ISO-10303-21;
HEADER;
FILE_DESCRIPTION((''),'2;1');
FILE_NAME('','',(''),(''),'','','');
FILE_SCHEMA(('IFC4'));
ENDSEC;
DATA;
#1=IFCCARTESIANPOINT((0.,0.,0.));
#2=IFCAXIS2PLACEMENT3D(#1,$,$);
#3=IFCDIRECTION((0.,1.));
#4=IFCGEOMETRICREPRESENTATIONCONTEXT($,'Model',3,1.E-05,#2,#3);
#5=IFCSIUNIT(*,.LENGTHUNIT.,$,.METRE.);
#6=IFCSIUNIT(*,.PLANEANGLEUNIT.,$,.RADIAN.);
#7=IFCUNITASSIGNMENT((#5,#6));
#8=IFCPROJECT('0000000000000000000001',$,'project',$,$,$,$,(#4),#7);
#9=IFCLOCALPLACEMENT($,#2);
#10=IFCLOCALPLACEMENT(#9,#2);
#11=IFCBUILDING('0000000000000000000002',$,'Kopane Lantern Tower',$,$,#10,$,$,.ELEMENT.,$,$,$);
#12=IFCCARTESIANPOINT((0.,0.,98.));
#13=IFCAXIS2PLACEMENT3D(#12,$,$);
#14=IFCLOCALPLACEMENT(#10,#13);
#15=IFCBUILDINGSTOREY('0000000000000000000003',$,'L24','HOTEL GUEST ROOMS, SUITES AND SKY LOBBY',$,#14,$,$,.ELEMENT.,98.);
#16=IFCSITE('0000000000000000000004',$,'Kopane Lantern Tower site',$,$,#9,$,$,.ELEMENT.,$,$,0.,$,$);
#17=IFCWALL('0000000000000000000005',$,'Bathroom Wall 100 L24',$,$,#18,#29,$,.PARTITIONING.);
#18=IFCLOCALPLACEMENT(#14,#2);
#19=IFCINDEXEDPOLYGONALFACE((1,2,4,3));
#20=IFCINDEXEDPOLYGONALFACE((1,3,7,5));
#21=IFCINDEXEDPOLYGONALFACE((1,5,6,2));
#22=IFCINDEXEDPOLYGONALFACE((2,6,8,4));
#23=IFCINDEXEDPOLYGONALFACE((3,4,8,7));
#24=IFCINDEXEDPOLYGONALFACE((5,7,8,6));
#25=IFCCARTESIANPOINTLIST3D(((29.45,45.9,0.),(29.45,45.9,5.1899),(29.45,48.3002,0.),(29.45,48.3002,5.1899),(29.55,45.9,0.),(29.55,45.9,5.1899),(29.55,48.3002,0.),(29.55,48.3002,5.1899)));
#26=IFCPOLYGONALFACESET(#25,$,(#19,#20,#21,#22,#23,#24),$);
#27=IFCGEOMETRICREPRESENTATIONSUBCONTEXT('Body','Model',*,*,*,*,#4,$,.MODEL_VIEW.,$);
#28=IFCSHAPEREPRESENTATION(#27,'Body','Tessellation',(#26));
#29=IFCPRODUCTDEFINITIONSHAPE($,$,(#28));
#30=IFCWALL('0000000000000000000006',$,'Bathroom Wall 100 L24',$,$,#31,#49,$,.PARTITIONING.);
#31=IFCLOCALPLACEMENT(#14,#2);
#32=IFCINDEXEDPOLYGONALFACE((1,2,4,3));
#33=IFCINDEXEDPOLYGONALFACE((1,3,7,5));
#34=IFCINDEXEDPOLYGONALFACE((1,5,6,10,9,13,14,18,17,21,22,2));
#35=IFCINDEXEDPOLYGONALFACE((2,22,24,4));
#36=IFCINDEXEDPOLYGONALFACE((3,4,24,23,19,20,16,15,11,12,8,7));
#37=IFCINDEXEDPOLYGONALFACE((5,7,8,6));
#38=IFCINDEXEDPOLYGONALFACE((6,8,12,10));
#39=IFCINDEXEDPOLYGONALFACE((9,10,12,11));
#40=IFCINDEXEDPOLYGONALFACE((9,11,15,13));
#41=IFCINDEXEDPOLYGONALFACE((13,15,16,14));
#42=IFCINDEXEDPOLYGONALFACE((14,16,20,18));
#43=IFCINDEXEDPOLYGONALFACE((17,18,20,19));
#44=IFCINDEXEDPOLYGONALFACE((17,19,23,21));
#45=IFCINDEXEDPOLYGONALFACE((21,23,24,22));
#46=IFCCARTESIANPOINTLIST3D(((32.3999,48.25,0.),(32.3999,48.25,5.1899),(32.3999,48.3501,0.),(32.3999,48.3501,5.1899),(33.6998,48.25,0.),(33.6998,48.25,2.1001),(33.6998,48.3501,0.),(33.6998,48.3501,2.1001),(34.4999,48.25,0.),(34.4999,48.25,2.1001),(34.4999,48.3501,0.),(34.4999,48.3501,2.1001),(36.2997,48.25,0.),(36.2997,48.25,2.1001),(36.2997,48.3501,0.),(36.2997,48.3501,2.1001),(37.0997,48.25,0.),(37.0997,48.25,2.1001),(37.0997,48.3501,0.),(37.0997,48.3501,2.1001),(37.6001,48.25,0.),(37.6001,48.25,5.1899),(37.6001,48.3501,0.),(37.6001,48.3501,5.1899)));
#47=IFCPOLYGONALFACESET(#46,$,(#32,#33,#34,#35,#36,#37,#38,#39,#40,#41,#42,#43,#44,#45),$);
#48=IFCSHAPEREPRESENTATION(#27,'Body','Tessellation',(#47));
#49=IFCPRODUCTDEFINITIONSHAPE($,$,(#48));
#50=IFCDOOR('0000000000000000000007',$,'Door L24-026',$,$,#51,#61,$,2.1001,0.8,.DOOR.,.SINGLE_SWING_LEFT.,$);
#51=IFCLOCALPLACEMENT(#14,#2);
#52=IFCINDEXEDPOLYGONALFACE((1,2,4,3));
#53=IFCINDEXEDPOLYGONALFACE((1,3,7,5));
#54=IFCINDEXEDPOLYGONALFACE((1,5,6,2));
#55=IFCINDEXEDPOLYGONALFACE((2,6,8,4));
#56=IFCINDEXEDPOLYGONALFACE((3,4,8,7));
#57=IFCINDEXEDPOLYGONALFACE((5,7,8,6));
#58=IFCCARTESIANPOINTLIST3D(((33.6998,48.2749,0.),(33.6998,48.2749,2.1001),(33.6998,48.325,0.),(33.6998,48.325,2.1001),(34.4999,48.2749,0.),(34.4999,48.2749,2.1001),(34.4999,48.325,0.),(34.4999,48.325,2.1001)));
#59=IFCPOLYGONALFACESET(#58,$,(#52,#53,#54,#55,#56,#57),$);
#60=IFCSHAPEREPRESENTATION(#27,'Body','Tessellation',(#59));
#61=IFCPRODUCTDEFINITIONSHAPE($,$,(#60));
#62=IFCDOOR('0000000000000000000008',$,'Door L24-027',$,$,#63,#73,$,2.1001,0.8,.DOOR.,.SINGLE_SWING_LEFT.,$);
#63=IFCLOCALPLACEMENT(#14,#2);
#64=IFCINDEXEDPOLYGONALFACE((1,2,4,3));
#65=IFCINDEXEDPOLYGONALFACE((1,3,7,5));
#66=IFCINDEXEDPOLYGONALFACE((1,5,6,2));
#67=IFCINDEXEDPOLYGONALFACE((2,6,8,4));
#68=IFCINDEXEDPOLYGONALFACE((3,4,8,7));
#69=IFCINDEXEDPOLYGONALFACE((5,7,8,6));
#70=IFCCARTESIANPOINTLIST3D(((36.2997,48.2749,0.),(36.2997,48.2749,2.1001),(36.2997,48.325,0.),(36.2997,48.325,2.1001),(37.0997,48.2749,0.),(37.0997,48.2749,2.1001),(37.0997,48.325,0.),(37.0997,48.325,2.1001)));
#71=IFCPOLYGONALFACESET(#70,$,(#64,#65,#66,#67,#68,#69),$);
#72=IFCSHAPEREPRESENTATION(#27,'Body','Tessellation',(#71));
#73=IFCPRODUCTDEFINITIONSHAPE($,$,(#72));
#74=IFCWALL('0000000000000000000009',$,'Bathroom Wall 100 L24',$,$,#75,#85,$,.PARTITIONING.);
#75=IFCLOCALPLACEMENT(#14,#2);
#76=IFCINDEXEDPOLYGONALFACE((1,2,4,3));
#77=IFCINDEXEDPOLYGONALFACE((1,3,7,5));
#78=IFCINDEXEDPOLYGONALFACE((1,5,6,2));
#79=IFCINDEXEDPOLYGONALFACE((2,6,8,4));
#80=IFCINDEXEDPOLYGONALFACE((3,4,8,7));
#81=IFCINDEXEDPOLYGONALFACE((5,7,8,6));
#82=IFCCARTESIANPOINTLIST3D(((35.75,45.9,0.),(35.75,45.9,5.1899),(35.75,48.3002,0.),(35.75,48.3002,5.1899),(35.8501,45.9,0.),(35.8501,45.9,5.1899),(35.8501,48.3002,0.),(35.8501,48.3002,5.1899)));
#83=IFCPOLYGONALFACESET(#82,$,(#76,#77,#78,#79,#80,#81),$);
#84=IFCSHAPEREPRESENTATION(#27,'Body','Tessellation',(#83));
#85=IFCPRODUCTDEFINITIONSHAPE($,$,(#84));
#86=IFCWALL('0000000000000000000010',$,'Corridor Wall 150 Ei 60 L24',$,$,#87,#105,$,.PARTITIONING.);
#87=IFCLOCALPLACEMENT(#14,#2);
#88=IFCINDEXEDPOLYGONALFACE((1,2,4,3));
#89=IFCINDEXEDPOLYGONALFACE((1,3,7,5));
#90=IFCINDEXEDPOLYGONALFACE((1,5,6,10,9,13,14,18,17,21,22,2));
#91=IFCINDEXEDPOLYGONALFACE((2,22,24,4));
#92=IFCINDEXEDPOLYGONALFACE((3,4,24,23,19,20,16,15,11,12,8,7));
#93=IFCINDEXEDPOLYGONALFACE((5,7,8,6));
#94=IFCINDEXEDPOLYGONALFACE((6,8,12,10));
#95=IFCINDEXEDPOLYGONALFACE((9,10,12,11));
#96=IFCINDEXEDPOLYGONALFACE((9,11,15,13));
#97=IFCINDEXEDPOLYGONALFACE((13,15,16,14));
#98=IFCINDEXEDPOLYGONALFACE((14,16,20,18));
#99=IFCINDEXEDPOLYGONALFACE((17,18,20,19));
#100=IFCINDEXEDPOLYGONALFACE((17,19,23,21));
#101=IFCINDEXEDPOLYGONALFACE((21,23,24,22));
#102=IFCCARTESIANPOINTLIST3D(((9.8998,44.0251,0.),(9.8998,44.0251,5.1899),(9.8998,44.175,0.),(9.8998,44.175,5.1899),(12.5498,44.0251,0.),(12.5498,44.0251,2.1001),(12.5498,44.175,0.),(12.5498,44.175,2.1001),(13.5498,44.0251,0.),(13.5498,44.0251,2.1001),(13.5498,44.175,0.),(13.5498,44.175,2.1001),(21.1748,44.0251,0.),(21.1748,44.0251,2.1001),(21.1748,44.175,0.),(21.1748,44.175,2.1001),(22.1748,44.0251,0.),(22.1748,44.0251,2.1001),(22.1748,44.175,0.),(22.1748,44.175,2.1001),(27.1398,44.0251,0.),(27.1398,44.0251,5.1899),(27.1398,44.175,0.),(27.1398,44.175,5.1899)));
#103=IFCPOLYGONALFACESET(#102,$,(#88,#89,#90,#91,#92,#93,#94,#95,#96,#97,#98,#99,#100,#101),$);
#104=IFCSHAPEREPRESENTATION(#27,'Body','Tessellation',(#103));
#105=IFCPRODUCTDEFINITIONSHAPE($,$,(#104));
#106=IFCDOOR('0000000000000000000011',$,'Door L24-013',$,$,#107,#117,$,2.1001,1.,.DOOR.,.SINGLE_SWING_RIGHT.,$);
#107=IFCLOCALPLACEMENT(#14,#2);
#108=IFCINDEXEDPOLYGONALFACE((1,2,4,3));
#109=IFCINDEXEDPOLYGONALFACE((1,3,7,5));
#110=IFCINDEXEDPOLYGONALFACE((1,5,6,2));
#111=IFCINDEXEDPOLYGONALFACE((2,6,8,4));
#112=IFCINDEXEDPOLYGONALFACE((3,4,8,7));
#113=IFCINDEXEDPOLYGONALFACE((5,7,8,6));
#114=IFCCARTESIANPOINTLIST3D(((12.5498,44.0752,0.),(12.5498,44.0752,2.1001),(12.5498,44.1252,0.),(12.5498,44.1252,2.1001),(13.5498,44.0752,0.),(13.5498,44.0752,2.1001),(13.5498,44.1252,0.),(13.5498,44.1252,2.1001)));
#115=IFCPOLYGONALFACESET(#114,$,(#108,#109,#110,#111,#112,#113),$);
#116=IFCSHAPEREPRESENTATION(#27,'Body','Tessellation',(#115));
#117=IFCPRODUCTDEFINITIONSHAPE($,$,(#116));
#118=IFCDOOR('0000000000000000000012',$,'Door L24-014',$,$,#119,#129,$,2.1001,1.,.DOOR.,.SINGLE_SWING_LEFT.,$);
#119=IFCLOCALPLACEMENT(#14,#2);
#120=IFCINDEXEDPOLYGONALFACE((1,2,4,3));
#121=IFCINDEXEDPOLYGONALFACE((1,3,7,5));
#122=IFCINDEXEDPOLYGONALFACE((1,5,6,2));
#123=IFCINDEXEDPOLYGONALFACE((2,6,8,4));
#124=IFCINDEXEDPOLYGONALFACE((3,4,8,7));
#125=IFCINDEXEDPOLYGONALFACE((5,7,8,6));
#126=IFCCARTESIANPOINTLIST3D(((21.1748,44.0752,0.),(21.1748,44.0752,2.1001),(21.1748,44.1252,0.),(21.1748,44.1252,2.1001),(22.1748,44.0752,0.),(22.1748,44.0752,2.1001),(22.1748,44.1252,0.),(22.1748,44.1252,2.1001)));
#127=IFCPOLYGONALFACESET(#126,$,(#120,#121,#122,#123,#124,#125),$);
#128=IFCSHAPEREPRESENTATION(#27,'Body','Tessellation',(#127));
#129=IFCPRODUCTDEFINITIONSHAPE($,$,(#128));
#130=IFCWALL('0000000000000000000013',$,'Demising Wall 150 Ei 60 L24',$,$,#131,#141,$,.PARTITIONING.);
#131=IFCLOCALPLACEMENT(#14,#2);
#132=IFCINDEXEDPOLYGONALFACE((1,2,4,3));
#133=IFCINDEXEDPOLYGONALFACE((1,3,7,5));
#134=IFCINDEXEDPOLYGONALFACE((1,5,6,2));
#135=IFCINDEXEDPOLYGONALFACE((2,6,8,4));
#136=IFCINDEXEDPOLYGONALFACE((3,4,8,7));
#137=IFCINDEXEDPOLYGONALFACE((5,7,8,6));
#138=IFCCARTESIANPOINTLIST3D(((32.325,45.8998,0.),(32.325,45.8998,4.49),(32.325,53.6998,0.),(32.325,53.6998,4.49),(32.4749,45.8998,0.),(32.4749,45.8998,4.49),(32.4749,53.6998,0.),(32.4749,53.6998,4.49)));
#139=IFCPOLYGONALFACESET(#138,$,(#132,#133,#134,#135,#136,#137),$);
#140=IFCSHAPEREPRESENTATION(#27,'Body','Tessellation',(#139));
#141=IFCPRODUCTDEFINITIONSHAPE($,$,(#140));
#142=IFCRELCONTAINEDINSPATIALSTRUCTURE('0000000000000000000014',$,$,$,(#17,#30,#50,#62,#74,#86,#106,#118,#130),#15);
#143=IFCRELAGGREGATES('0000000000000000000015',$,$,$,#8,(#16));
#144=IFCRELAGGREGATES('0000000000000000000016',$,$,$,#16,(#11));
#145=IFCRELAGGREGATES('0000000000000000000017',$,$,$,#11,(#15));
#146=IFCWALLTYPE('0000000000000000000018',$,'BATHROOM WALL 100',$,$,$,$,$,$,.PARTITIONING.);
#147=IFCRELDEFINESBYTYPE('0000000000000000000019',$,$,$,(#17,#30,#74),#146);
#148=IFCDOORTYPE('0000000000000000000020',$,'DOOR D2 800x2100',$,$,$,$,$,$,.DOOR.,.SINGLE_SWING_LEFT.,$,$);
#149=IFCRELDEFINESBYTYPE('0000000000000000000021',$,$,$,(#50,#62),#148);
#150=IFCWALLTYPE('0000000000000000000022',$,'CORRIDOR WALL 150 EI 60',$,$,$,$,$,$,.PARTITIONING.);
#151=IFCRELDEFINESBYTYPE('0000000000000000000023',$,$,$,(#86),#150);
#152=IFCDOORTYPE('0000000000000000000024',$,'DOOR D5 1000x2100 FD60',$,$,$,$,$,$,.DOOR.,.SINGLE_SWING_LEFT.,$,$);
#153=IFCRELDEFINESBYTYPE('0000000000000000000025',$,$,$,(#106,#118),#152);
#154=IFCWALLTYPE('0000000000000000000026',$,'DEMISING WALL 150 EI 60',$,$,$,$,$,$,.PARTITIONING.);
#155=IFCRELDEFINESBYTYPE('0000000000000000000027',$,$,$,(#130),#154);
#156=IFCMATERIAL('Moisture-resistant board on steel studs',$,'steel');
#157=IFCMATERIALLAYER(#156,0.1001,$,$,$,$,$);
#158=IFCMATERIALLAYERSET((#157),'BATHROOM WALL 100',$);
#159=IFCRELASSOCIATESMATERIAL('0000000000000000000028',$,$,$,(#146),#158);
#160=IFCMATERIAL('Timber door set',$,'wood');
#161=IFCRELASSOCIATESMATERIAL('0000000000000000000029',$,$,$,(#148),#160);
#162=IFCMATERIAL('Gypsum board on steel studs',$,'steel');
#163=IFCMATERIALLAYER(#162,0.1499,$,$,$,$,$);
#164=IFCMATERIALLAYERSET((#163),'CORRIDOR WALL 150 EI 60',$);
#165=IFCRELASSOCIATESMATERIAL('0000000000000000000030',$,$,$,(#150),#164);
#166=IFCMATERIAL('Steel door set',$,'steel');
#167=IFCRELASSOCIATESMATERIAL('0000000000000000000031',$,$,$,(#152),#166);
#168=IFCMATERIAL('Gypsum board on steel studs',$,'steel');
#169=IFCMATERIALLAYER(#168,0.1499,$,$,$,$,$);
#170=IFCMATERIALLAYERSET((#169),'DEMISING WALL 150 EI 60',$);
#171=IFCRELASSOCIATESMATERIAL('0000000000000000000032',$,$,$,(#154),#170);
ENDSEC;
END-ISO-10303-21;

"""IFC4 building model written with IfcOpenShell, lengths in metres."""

from ifc_helpers import new_model, si_unit, direction, frame, frame_2d, origin, place, context, subcontext, project, spatial, rectangle, extrude, material, layer, layer_set, type_object, element, fill, save


model = new_model("IFC4")

# Units and contexts
model_context = context("Model", 3, precision=1e-05, world=origin(), true_north=direction((0.0, 1.0)))
body_context = subcontext(model_context, "Body", "Model", "MODEL_VIEW")
ifc_project = project(units=[si_unit("LENGTHUNIT", "METRE"), si_unit("PLANEANGLEUNIT", "RADIAN")], contexts=[model_context])

# Site, building, storey
site_placement = place(None, origin())
site = spatial("IfcSite", under=ifc_project, at=site_placement, Name="Kopane Lantern Tower site", CompositionType="ELEMENT", RefElevation=0.0)
building_placement = place(site_placement, origin())
building = spatial("IfcBuilding", under=site, at=building_placement, Name="Kopane Lantern Tower", CompositionType="ELEMENT")
storey_placement = place(building_placement, frame((0.0, 0.0, 98.0)))
storey = spatial("IfcBuildingStorey", under=building, at=storey_placement, Name="L24", Description="HOTEL GUEST ROOMS, SUITES AND SKY LOBBY", CompositionType="ELEMENT", Elevation=98.0)

# Wall
ifc_material_1 = material(Name="Moisture-resistant board on steel studs", Category="steel")
ifc_layer_1 = layer(ifc_material_1, 0.1001)
ifc_layer_set_1 = layer_set([ifc_layer_1], Name="BATHROOM WALL 100")
wall_type_1 = type_object("IfcWallType", Name="BATHROOM WALL 100", PredefinedType="PARTITIONING", material=ifc_layer_set_1)
for number, where, z_axis, x_axis, name in (
    (1, (29.5, 45.8999, 0.0), (0.0, 0.0, 1.0), (0.0, 1.0, 0.0), "Bathroom Wall 100 L24"),
):
    element("IfcWall", number, at=place(storey_placement, frame(where, z_axis=z_axis, x_axis=x_axis)), inside=storey, type_object=wall_type_1, Name=name, PredefinedType="PARTITIONING", context=body_context, shape_type="SweptSolid", body=[
        extrude(rectangle(XDim=2.4001, YDim=0.1001, at=frame_2d((1.2002, 0.0))), origin(), (0.0, 0.0, 1.0), 5.1899),
    ])

# Wall, openings, doors
wall_1_placement = place(storey_placement, frame((32.3999, 48.3, 0.0), z_axis=(0.0, 0.0, 1.0), x_axis=(1.0, 0.0, 0.0)))
wall_1 = element("IfcWall", 2, at=wall_1_placement, inside=storey, type_object=wall_type_1, Name="Bathroom Wall 100 L24", PredefinedType="PARTITIONING", context=body_context, shape_type="SweptSolid", body=[
    extrude(rectangle(XDim=5.2002, YDim=0.1001, at=frame_2d((2.6001, 0.0))), origin(), (0.0, 0.0, 1.0), 5.1899),
])
opening_1_placement = place(wall_1_placement, frame((1.3, 0.0, 0.0)))
opening_1 = element("IfcOpeningElement", 3, at=opening_1_placement, cuts=wall_1, PredefinedType="OPENING", context=body_context, shape_type="SweptSolid", body=[
    extrude(rectangle(XDim=0.8, YDim=2.1001, at=frame_2d((0.3999, 1.05))), frame((0.0, 0.0601, 0.0), z_axis=(0.0, -1.0, 0.0), x_axis=(1.0, 0.0, 0.0)), (0.0, 0.0, 1.0), 0.1201),
])
opening_2_placement = place(wall_1_placement, frame((3.8999, 0.0, 0.0)))
opening_2 = element("IfcOpeningElement", 4, at=opening_2_placement, cuts=wall_1, PredefinedType="OPENING", context=body_context, shape_type="SweptSolid", body=[
    extrude(rectangle(XDim=0.8, YDim=2.1001, at=frame_2d((0.3999, 1.05))), frame((0.0, 0.0601, 0.0), z_axis=(0.0, -1.0, 0.0), x_axis=(1.0, 0.0, 0.0)), (0.0, 0.0, 1.0), 0.1201),
])
ifc_material_2 = material(Name="Timber door set", Category="wood")
door_type_1 = type_object("IfcDoorType", Name="DOOR D2 800x2100", OperationType="SINGLE_SWING_LEFT", PredefinedType="DOOR", material=ifc_material_2)
door_1_placement = place(opening_1_placement, origin())
door_1 = element("IfcDoor", 5, at=door_1_placement, inside=storey, type_object=door_type_1, Name="Door L24-026", OperationType="SINGLE_SWING_LEFT", OverallHeight=2.1001, OverallWidth=0.8, PredefinedType="DOOR", context=body_context, shape_type="SweptSolid", body=[
    extrude(rectangle(XDim=0.8, YDim=2.1001, at=frame_2d((0.3999, 1.05))), frame((0.0, 0.0249, 0.0), z_axis=(0.0, -1.0, 0.0), x_axis=(1.0, 0.0, 0.0)), (0.0, 0.0, 1.0), 0.05),
])
fill(opening_1, door_1)
door_2_placement = place(opening_2_placement, origin())
door_2 = element("IfcDoor", 6, at=door_2_placement, inside=storey, type_object=door_type_1, Name="Door L24-027", OperationType="SINGLE_SWING_LEFT", OverallHeight=2.1001, OverallWidth=0.8, PredefinedType="DOOR", context=body_context, shape_type="SweptSolid", body=[
    extrude(rectangle(XDim=0.8, YDim=2.1001, at=frame_2d((0.3999, 1.05))), frame((0.0, 0.0249, 0.0), z_axis=(0.0, -1.0, 0.0), x_axis=(1.0, 0.0, 0.0)), (0.0, 0.0, 1.0), 0.05),
])
fill(opening_2, door_2)

# Wall
wall_2_placement = place(storey_placement, frame((35.8, 45.8999, 0.0), z_axis=(0.0, 0.0, 1.0), x_axis=(0.0, 1.0, 0.0)))
element("IfcWall", 7, at=wall_2_placement, inside=storey, type_object=wall_type_1, Name="Bathroom Wall 100 L24", PredefinedType="PARTITIONING", context=body_context, shape_type="SweptSolid", body=[
    extrude(rectangle(XDim=2.4001, YDim=0.1001, at=frame_2d((1.2002, 0.0))), origin(), (0.0, 0.0, 1.0), 5.1899),
])

# Wall, openings, doors
ifc_material_3 = material(Name="Gypsum board on steel studs", Category="steel")
ifc_layer_2 = layer(ifc_material_3, 0.1499)
ifc_layer_set_2 = layer_set([ifc_layer_2], Name="CORRIDOR WALL 150 EI 60")
wall_type_2 = type_object("IfcWallType", Name="CORRIDOR WALL 150 EI 60", PredefinedType="PARTITIONING", material=ifc_layer_set_2)
wall_3_placement = place(storey_placement, frame((27.1399, 44.1001, 0.0), z_axis=(0.0, 0.0, 1.0), x_axis=(-1.0, 0.0, 0.0)))
wall_3 = element("IfcWall", 8, at=wall_3_placement, inside=storey, type_object=wall_type_2, Name="Corridor Wall 150 Ei 60 L24", PredefinedType="PARTITIONING", context=body_context, shape_type="SweptSolid", body=[
    extrude(rectangle(XDim=17.24, YDim=0.1499, at=frame_2d((8.6201, 0.0))), origin(), (0.0, 0.0, 1.0), 5.1899),
])
opening_3_placement = place(wall_3_placement, frame((13.5901, 0.0, 0.0)))
opening_3 = element("IfcOpeningElement", 9, at=opening_3_placement, cuts=wall_3, PredefinedType="OPENING", context=body_context, shape_type="SweptSolid", body=[
    extrude(rectangle(XDim=1.0, YDim=2.1001, at=frame_2d((0.5, 1.05))), frame((0.0, 0.085, 0.0), z_axis=(0.0, -1.0, 0.0), x_axis=(1.0, 0.0, 0.0)), (0.0, 0.0, 1.0), 0.1699),
])
opening_4_placement = place(wall_3_placement, frame((4.9651, 0.0, 0.0)))
opening_4 = element("IfcOpeningElement", 10, at=opening_4_placement, cuts=wall_3, PredefinedType="OPENING", context=body_context, shape_type="SweptSolid", body=[
    extrude(rectangle(XDim=1.0, YDim=2.1001, at=frame_2d((0.5, 1.05))), frame((0.0, 0.085, 0.0), z_axis=(0.0, -1.0, 0.0), x_axis=(1.0, 0.0, 0.0)), (0.0, 0.0, 1.0), 0.1699),
])
ifc_material_4 = material(Name="Steel door set", Category="steel")
door_type_2 = type_object("IfcDoorType", Name="DOOR D5 1000x2100 FD60", OperationType="SINGLE_SWING_LEFT", PredefinedType="DOOR", material=ifc_material_4)
door_3_placement = place(opening_3_placement, origin())
door_3 = element("IfcDoor", 11, at=door_3_placement, inside=storey, type_object=door_type_2, Name="Door L24-013", OperationType="SINGLE_SWING_RIGHT", OverallHeight=2.1001, OverallWidth=1.0, PredefinedType="DOOR", context=body_context, shape_type="SweptSolid", body=[
    extrude(rectangle(XDim=1.0, YDim=2.1001, at=frame_2d((0.5, 1.05))), frame((0.0, 0.0249, 0.0), z_axis=(0.0, -1.0, 0.0), x_axis=(1.0, 0.0, 0.0)), (0.0, 0.0, 1.0), 0.05),
])
fill(opening_3, door_3)
door_4_placement = place(opening_4_placement, origin())
door_4 = element("IfcDoor", 12, at=door_4_placement, inside=storey, type_object=door_type_2, Name="Door L24-014", OperationType="SINGLE_SWING_LEFT", OverallHeight=2.1001, OverallWidth=1.0, PredefinedType="DOOR", context=body_context, shape_type="SweptSolid", body=[
    extrude(rectangle(XDim=1.0, YDim=2.1001, at=frame_2d((0.5, 1.05))), frame((0.0, 0.0249, 0.0), z_axis=(0.0, -1.0, 0.0), x_axis=(1.0, 0.0, 0.0)), (0.0, 0.0, 1.0), 0.05),
])
fill(opening_4, door_4)

# Wall
ifc_material_5 = material(Name="Gypsum board on steel studs", Category="steel")
ifc_layer_3 = layer(ifc_material_5, 0.1499)
ifc_layer_set_3 = layer_set([ifc_layer_3], Name="DEMISING WALL 150 EI 60")
wall_type_3 = type_object("IfcWallType", Name="DEMISING WALL 150 EI 60", PredefinedType="PARTITIONING", material=ifc_layer_set_3)
wall_4_placement = place(storey_placement, frame((32.3999, 45.8999, 0.0), z_axis=(0.0, 0.0, 1.0), x_axis=(0.0, 1.0, 0.0)))
element("IfcWall", 13, at=wall_4_placement, inside=storey, type_object=wall_type_3, Name="Demising Wall 150 Ei 60 L24", PredefinedType="PARTITIONING", context=body_context, shape_type="SweptSolid", body=[
    extrude(rectangle(XDim=7.8, YDim=0.1499, at=frame_2d((3.8999, 0.0))), origin(), (0.0, 0.0, 1.0), 4.49),
])

save(model, "model.ifc")
